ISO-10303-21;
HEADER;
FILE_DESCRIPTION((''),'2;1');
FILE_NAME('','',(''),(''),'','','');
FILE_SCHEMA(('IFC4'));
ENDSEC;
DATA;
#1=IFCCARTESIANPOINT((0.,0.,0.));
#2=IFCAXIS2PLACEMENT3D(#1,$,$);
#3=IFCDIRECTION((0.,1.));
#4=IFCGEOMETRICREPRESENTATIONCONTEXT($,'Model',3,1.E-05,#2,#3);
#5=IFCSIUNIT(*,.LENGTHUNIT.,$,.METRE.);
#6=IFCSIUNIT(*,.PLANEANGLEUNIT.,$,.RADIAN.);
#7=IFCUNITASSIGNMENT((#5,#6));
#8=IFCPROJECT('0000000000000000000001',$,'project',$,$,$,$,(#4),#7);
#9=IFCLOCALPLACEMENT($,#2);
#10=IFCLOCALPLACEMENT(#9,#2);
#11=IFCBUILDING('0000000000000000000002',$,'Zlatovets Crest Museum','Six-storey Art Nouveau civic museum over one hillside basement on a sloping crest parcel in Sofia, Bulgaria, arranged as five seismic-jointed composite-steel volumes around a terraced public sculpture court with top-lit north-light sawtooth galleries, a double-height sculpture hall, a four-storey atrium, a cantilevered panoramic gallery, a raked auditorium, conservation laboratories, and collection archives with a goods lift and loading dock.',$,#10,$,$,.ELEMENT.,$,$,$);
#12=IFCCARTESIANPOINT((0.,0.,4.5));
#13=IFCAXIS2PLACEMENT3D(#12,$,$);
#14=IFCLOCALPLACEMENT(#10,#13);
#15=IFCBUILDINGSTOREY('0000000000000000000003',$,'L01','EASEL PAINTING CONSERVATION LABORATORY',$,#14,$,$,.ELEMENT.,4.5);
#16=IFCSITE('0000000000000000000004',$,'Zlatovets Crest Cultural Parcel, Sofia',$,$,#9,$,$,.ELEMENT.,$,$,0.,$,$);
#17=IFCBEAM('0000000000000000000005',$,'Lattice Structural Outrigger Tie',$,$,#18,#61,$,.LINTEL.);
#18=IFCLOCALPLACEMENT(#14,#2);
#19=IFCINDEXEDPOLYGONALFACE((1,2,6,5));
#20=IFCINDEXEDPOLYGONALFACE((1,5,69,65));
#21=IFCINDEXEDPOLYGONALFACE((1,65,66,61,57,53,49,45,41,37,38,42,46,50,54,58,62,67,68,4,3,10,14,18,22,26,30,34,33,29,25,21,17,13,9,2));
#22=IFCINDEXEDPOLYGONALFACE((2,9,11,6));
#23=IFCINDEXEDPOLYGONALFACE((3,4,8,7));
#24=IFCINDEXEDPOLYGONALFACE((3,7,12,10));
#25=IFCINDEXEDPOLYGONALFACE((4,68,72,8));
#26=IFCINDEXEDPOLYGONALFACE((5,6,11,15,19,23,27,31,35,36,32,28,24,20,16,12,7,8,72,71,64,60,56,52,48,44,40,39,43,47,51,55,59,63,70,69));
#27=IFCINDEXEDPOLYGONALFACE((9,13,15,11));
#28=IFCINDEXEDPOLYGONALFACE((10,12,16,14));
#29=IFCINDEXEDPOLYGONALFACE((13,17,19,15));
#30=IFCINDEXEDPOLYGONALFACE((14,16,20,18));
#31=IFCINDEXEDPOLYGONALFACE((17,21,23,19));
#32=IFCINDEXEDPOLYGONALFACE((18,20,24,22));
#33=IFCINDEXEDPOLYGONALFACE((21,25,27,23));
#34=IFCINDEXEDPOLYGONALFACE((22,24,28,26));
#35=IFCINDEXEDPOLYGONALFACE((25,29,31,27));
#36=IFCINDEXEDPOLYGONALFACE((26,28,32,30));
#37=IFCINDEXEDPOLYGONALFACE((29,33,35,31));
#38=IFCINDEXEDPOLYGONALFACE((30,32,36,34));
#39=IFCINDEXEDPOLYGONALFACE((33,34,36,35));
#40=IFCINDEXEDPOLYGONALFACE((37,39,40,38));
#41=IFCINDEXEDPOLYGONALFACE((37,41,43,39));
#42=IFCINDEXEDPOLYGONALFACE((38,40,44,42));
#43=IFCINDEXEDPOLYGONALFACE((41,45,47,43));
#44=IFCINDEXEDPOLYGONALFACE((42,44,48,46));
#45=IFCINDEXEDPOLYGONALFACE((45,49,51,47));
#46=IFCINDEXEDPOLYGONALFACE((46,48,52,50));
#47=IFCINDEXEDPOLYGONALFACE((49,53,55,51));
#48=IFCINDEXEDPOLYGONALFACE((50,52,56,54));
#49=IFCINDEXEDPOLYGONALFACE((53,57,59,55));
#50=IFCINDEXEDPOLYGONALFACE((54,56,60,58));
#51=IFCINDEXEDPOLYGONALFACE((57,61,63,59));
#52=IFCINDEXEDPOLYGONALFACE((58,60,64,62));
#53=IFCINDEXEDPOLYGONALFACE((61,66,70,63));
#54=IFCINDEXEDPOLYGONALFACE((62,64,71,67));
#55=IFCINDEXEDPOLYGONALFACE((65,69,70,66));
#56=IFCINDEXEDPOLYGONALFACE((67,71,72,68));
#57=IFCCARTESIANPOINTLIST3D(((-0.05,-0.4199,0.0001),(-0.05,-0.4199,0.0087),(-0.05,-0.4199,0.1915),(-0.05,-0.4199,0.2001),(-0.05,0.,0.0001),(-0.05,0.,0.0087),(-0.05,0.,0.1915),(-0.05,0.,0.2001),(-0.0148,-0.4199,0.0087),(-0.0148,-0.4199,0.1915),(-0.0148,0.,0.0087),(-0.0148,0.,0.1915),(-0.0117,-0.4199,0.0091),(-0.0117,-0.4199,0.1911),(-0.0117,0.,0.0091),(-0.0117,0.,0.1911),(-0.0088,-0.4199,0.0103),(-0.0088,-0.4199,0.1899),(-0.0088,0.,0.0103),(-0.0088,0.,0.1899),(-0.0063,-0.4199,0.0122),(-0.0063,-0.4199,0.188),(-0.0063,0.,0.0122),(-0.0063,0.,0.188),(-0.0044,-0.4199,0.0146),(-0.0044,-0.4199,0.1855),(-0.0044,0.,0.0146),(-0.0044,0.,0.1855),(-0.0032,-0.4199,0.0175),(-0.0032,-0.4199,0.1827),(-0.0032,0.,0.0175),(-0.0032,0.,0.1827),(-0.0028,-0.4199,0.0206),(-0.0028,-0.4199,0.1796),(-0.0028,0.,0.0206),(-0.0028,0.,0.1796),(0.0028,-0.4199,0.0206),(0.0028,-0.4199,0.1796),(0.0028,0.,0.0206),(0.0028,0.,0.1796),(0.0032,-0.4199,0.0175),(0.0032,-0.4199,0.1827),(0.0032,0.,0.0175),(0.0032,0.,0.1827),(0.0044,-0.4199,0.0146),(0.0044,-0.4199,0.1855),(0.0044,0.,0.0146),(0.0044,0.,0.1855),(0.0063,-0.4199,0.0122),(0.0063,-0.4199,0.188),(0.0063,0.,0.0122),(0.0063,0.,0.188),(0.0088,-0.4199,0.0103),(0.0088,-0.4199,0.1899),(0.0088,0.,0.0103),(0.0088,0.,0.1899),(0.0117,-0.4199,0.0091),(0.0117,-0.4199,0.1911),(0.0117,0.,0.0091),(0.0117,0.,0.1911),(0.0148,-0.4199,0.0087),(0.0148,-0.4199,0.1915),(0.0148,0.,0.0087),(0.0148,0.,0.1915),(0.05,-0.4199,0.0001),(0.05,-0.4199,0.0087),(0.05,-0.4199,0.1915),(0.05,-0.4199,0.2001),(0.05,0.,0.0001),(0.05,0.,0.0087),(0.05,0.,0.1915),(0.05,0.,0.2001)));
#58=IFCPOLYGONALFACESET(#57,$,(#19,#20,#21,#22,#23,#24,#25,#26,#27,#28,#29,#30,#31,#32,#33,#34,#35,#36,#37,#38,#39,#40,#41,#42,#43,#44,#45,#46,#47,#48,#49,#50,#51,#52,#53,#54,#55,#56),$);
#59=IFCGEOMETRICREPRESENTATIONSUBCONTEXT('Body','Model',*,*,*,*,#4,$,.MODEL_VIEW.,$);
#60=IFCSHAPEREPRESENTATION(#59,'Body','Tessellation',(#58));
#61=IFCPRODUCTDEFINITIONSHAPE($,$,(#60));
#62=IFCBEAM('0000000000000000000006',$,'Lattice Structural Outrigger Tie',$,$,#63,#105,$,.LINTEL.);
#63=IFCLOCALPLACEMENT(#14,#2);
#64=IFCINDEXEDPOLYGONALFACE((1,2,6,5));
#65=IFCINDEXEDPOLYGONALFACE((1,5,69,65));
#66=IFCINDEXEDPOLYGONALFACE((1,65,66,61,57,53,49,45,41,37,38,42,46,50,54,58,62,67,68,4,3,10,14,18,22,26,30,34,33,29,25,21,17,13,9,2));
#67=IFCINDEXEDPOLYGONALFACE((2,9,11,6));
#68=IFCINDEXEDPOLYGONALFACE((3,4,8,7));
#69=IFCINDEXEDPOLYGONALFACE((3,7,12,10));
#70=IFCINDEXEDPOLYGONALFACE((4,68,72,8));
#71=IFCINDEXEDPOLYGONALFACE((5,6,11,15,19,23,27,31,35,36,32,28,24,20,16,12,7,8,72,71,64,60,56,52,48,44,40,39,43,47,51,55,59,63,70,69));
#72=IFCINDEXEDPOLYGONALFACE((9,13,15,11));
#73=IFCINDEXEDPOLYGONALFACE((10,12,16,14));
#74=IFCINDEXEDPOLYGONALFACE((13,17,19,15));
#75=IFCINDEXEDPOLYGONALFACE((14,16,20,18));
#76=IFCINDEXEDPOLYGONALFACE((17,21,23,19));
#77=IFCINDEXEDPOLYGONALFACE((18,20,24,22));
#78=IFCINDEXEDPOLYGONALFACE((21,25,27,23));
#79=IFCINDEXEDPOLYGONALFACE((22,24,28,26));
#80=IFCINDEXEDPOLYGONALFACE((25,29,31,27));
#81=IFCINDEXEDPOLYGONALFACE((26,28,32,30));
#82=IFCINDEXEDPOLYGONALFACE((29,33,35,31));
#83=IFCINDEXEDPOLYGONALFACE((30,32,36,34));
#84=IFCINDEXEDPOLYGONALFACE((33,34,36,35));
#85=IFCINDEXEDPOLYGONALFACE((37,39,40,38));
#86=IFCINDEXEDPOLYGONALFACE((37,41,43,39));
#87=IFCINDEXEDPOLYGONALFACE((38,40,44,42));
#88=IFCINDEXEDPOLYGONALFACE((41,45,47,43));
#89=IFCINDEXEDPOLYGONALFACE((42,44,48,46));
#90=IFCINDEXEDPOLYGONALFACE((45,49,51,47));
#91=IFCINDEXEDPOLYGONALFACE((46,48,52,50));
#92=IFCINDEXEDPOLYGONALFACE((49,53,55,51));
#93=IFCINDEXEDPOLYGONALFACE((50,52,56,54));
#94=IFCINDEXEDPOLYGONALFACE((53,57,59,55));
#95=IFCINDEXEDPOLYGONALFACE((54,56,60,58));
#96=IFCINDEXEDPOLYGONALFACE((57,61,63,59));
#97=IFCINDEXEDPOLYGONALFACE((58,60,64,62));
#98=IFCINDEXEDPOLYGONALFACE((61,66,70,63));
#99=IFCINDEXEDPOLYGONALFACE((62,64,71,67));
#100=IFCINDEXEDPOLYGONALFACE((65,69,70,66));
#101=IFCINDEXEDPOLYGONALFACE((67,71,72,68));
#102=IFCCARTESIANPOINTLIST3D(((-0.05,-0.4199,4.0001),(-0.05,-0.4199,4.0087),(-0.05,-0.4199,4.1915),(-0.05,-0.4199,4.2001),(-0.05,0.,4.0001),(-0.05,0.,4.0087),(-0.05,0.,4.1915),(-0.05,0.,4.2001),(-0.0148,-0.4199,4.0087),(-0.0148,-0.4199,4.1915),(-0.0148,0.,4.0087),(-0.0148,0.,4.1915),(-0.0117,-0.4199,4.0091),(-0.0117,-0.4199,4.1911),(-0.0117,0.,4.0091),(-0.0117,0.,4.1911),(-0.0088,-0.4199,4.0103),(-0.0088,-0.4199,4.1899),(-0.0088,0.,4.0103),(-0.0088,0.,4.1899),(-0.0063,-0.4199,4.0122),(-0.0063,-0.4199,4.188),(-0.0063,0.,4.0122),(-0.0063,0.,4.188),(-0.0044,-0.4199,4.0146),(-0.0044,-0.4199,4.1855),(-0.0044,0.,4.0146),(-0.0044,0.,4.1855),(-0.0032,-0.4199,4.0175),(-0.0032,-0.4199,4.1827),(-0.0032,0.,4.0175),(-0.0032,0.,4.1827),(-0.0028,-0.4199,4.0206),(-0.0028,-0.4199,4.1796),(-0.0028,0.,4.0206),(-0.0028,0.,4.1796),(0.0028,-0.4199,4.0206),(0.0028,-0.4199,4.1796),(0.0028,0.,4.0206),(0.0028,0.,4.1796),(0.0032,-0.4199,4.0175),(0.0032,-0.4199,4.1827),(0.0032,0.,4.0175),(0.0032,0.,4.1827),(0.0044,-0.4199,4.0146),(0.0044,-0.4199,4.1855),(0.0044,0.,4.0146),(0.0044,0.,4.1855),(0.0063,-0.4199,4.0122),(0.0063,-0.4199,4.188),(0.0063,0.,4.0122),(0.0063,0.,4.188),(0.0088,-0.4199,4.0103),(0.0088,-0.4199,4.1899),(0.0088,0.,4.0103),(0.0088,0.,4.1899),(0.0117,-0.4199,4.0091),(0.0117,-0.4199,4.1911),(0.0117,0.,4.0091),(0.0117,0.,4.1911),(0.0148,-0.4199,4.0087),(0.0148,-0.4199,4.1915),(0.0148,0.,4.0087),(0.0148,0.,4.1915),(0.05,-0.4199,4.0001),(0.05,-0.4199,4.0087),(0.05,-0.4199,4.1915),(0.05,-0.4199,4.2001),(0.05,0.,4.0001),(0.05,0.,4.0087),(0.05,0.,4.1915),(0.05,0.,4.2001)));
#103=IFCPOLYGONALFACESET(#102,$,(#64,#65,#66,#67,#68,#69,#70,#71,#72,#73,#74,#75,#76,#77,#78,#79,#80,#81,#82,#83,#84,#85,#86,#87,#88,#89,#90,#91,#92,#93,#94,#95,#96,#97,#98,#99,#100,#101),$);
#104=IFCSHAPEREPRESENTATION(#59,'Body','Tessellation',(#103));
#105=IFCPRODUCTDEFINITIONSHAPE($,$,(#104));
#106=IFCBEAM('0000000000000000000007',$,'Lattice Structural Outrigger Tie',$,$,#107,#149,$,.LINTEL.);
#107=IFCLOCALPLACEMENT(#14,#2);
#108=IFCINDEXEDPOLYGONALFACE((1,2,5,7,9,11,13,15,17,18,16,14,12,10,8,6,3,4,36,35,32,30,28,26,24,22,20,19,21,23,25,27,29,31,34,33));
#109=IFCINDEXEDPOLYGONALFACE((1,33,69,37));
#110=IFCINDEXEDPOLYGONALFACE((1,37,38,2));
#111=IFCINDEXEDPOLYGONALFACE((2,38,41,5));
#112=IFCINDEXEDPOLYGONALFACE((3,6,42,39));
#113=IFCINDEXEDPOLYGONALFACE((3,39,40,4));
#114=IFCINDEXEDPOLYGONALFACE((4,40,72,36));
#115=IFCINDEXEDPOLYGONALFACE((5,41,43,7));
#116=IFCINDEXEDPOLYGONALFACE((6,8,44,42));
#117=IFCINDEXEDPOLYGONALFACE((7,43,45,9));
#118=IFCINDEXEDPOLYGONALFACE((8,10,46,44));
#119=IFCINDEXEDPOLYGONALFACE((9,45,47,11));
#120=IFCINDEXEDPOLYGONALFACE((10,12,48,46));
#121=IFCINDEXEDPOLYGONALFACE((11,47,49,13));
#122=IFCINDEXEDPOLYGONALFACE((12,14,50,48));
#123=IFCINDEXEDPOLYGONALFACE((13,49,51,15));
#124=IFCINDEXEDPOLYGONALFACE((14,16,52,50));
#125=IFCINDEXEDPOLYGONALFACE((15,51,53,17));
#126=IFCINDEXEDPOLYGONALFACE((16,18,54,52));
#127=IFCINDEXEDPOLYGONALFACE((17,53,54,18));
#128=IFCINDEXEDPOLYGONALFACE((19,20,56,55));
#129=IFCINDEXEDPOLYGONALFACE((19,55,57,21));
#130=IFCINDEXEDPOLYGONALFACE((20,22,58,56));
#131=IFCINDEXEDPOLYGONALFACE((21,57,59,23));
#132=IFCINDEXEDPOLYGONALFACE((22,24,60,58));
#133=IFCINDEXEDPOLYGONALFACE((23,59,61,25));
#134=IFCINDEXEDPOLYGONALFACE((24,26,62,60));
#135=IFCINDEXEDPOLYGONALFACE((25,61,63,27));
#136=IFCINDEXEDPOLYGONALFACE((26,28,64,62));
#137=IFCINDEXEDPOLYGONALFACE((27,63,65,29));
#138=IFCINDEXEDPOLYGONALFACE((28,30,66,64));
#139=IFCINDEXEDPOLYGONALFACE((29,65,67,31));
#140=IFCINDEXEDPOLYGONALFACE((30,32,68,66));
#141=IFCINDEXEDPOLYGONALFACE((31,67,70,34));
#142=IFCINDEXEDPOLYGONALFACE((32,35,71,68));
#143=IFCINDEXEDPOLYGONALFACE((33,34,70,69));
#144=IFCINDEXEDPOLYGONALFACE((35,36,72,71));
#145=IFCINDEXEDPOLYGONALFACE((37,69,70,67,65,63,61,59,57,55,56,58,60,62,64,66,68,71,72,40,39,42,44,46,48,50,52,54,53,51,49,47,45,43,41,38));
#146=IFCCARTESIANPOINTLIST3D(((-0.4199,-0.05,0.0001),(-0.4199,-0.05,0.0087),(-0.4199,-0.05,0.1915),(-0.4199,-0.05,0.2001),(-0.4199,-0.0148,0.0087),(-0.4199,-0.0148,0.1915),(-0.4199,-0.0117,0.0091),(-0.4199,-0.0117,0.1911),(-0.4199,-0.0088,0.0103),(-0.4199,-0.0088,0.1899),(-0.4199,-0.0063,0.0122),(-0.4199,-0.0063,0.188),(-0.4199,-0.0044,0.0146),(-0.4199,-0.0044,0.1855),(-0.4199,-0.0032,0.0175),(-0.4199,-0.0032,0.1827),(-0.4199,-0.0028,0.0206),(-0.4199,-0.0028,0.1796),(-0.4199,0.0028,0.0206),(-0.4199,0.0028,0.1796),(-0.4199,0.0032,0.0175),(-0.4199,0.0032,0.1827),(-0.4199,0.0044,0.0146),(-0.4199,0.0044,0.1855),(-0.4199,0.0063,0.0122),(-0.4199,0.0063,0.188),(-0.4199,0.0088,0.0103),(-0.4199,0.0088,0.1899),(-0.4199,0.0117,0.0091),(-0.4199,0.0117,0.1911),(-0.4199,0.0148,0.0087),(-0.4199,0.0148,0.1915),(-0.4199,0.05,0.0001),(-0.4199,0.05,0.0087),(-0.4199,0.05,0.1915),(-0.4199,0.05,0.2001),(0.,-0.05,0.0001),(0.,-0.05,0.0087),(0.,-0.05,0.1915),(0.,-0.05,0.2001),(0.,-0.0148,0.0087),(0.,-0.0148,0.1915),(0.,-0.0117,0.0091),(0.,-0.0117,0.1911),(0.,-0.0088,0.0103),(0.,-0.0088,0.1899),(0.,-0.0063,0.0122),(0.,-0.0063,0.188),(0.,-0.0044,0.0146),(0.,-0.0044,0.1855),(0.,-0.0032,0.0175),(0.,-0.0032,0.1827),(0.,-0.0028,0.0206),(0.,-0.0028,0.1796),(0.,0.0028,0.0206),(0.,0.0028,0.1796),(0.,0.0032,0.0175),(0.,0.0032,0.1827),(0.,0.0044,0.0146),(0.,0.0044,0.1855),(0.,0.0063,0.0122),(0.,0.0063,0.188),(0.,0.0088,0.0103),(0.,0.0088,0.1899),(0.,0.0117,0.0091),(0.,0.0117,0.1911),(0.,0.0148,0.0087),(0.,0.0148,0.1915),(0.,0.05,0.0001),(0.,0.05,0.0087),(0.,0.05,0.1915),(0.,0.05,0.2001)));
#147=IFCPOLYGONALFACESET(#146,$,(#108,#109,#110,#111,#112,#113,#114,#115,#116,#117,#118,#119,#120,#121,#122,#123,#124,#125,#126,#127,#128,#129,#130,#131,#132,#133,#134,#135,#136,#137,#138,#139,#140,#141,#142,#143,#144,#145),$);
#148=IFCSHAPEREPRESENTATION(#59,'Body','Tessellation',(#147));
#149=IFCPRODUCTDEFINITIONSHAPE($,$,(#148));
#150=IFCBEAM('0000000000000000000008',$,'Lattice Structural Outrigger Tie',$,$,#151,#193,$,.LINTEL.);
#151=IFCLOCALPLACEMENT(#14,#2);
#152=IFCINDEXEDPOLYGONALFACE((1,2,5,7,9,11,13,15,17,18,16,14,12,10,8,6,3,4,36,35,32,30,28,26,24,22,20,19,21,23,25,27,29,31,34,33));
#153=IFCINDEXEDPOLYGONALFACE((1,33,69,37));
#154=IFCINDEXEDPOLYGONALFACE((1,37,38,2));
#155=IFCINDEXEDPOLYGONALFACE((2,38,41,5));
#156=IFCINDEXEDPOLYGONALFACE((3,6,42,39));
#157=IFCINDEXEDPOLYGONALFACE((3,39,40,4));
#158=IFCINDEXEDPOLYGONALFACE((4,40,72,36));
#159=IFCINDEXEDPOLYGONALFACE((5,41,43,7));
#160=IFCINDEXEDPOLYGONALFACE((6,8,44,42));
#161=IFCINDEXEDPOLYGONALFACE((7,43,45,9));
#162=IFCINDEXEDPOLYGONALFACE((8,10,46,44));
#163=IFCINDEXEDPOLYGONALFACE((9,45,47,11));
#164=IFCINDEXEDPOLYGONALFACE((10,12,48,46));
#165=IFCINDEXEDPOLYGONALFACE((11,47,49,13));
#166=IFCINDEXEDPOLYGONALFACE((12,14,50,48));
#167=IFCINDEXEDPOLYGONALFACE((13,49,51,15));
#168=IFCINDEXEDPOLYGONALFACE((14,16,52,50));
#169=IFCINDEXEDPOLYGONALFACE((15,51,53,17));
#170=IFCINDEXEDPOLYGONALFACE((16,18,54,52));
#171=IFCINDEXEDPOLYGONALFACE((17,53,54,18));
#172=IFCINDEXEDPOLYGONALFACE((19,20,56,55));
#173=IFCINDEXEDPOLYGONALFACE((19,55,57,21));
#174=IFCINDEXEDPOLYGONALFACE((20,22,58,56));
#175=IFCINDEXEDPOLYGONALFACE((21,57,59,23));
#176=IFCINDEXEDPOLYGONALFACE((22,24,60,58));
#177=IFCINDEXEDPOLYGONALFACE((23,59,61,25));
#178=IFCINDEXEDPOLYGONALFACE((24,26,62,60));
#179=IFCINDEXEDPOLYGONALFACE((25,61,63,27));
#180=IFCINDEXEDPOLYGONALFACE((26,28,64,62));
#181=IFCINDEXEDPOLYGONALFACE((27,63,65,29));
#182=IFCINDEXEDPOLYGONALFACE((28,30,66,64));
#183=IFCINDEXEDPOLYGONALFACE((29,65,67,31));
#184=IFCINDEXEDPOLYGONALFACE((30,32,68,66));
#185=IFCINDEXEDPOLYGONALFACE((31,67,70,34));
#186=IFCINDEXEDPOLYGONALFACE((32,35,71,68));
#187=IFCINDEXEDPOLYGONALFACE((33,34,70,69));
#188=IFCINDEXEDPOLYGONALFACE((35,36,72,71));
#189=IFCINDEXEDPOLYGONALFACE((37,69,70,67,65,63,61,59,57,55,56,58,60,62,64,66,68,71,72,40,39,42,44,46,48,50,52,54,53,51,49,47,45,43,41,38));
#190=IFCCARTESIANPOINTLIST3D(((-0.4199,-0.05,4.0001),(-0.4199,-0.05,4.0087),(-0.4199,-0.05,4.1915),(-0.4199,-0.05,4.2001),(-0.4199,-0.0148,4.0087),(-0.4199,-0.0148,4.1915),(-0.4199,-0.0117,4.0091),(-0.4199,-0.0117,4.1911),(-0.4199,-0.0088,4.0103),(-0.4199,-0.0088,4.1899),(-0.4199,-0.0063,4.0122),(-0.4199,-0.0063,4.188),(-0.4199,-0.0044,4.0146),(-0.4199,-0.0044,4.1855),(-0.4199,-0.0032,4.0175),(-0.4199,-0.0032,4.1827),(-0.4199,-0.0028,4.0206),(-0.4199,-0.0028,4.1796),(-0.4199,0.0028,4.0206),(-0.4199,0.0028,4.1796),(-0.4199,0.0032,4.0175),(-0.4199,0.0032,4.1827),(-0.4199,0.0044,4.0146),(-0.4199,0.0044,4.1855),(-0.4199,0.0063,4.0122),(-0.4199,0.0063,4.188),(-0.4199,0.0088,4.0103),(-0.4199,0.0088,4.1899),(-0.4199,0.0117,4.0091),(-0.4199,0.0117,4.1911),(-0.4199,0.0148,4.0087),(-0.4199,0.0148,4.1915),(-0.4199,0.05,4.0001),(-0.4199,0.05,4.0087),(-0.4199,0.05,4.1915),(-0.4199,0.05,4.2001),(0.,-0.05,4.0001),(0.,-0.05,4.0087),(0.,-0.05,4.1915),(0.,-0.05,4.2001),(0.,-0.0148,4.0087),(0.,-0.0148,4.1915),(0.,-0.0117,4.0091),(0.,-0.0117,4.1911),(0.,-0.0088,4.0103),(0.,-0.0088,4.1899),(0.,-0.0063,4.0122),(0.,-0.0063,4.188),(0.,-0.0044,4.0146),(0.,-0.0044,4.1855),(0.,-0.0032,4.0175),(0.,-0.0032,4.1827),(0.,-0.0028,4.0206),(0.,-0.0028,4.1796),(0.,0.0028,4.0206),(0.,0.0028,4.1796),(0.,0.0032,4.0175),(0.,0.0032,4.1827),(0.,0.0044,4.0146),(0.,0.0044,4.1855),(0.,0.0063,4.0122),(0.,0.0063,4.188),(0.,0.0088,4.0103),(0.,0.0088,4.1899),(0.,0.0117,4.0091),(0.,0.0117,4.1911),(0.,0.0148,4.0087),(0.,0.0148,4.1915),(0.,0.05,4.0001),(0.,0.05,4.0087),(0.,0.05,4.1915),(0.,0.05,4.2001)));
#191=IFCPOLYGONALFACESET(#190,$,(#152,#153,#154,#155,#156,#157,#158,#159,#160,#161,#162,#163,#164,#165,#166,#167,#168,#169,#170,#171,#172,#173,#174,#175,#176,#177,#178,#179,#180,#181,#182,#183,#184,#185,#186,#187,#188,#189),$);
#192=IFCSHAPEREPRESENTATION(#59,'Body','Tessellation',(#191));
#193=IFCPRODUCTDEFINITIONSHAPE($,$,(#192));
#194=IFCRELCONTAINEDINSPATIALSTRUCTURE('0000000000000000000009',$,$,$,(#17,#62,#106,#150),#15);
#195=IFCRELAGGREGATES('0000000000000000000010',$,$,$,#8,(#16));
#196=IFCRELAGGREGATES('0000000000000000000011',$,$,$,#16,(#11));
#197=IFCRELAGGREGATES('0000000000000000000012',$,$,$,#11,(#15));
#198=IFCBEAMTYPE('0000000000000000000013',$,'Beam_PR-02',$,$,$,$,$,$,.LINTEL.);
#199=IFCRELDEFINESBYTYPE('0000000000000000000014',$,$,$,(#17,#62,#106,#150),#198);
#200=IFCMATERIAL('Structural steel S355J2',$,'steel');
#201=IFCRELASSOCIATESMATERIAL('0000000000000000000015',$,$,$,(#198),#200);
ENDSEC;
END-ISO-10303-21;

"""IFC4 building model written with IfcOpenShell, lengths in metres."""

from ifc_helpers import new_model, si_unit, direction, frame, origin, origin_2d, place, context, subcontext, project, spatial, i_section, extrude, material, material_profile, profile_set, type_object, element, save


model = new_model("IFC4")

# Units and contexts
model_context = context("Model", 3, precision=1e-05, world=origin(), true_north=direction((0.0, 1.0)))
body_context = subcontext(model_context, "Body", "Model", "MODEL_VIEW")
ifc_project = project(units=[si_unit("LENGTHUNIT", "METRE"), si_unit("PLANEANGLEUNIT", "RADIAN")], contexts=[model_context])

# Site, building, storey
site_placement = place(None, origin())
site = spatial("IfcSite", under=ifc_project, at=site_placement, Name="Zlatovets Crest Cultural Parcel, Sofia", CompositionType="ELEMENT", RefElevation=0.0)
building_placement = place(site_placement, origin())
building = spatial("IfcBuilding", under=site, at=building_placement, Name="Zlatovets Crest Museum", Description="Six-storey Art Nouveau civic museum over one hillside basement on a sloping crest parcel in Sofia, Bulgaria, arranged as five seismic-jointed composite-steel volumes around a terraced public sculpture court with top-lit north-light sawtooth galleries, a double-height sculpture hall, a four-storey atrium, a cantilevered panoramic gallery, a raked auditorium, conservation laboratories, and collection archives with a goods lift and loading dock.", CompositionType="ELEMENT")
storey_placement = place(building_placement, frame((0.0, 0.0, 4.5)))
storey = spatial("IfcBuildingStorey", under=building, at=storey_placement, Name="L01", Description="EASEL PAINTING CONSERVATION LABORATORY", CompositionType="ELEMENT", Elevation=4.5)

# Shared definitions
ifc_material_1 = material(Name="Structural steel S355J2", Category="steel")

# Beams
ifc_material_profile_1 = material_profile(ifc_material_1, i_section(OverallWidth=0.1001, OverallDepth=0.2, WebThickness=0.0056, FlangeThickness=0.0085, FilletRadius=0.012, at=origin_2d()), Name="IPE 200")
ifc_profile_set_1 = profile_set([ifc_material_profile_1], Name="Structural steel S355J2")
beam_type_1 = type_object("IfcBeamType", Name="Beam_PR-02", PredefinedType="LINTEL", material=ifc_profile_set_1)
for number, where, z_axis, x_axis, name in (
    (1, (0.0, 0.0, 0.1001), (0.0, -1.0, 0.0), (1.0, 0.0, 0.0), "Lattice Structural Outrigger Tie"),
    (2, (0.0, 0.0, 4.1001), (0.0, -1.0, 0.0), (1.0, 0.0, 0.0), "Lattice Structural Outrigger Tie"),
    (3, (0.0, 0.0, 0.1001), (-1.0, 0.0, 0.0), (0.0, -1.0, 0.0), "Lattice Structural Outrigger Tie"),
    (4, (0.0, 0.0, 4.1001), (-1.0, 0.0, 0.0), (0.0, -1.0, 0.0), "Lattice Structural Outrigger Tie"),
):
    element("IfcBeam", number, at=place(storey_placement, frame(where, z_axis=z_axis, x_axis=x_axis)), inside=storey, type_object=beam_type_1, Name=name, PredefinedType="LINTEL", context=body_context, shape_type="SweptSolid", body=[
        extrude(i_section(OverallWidth=0.1001, OverallDepth=0.2, WebThickness=0.0056, FlangeThickness=0.0085, FilletRadius=0.012, at=origin_2d()), origin(), (0.0, 0.0, 1.0), 0.4199),
    ])

save(model, "model.ifc")
